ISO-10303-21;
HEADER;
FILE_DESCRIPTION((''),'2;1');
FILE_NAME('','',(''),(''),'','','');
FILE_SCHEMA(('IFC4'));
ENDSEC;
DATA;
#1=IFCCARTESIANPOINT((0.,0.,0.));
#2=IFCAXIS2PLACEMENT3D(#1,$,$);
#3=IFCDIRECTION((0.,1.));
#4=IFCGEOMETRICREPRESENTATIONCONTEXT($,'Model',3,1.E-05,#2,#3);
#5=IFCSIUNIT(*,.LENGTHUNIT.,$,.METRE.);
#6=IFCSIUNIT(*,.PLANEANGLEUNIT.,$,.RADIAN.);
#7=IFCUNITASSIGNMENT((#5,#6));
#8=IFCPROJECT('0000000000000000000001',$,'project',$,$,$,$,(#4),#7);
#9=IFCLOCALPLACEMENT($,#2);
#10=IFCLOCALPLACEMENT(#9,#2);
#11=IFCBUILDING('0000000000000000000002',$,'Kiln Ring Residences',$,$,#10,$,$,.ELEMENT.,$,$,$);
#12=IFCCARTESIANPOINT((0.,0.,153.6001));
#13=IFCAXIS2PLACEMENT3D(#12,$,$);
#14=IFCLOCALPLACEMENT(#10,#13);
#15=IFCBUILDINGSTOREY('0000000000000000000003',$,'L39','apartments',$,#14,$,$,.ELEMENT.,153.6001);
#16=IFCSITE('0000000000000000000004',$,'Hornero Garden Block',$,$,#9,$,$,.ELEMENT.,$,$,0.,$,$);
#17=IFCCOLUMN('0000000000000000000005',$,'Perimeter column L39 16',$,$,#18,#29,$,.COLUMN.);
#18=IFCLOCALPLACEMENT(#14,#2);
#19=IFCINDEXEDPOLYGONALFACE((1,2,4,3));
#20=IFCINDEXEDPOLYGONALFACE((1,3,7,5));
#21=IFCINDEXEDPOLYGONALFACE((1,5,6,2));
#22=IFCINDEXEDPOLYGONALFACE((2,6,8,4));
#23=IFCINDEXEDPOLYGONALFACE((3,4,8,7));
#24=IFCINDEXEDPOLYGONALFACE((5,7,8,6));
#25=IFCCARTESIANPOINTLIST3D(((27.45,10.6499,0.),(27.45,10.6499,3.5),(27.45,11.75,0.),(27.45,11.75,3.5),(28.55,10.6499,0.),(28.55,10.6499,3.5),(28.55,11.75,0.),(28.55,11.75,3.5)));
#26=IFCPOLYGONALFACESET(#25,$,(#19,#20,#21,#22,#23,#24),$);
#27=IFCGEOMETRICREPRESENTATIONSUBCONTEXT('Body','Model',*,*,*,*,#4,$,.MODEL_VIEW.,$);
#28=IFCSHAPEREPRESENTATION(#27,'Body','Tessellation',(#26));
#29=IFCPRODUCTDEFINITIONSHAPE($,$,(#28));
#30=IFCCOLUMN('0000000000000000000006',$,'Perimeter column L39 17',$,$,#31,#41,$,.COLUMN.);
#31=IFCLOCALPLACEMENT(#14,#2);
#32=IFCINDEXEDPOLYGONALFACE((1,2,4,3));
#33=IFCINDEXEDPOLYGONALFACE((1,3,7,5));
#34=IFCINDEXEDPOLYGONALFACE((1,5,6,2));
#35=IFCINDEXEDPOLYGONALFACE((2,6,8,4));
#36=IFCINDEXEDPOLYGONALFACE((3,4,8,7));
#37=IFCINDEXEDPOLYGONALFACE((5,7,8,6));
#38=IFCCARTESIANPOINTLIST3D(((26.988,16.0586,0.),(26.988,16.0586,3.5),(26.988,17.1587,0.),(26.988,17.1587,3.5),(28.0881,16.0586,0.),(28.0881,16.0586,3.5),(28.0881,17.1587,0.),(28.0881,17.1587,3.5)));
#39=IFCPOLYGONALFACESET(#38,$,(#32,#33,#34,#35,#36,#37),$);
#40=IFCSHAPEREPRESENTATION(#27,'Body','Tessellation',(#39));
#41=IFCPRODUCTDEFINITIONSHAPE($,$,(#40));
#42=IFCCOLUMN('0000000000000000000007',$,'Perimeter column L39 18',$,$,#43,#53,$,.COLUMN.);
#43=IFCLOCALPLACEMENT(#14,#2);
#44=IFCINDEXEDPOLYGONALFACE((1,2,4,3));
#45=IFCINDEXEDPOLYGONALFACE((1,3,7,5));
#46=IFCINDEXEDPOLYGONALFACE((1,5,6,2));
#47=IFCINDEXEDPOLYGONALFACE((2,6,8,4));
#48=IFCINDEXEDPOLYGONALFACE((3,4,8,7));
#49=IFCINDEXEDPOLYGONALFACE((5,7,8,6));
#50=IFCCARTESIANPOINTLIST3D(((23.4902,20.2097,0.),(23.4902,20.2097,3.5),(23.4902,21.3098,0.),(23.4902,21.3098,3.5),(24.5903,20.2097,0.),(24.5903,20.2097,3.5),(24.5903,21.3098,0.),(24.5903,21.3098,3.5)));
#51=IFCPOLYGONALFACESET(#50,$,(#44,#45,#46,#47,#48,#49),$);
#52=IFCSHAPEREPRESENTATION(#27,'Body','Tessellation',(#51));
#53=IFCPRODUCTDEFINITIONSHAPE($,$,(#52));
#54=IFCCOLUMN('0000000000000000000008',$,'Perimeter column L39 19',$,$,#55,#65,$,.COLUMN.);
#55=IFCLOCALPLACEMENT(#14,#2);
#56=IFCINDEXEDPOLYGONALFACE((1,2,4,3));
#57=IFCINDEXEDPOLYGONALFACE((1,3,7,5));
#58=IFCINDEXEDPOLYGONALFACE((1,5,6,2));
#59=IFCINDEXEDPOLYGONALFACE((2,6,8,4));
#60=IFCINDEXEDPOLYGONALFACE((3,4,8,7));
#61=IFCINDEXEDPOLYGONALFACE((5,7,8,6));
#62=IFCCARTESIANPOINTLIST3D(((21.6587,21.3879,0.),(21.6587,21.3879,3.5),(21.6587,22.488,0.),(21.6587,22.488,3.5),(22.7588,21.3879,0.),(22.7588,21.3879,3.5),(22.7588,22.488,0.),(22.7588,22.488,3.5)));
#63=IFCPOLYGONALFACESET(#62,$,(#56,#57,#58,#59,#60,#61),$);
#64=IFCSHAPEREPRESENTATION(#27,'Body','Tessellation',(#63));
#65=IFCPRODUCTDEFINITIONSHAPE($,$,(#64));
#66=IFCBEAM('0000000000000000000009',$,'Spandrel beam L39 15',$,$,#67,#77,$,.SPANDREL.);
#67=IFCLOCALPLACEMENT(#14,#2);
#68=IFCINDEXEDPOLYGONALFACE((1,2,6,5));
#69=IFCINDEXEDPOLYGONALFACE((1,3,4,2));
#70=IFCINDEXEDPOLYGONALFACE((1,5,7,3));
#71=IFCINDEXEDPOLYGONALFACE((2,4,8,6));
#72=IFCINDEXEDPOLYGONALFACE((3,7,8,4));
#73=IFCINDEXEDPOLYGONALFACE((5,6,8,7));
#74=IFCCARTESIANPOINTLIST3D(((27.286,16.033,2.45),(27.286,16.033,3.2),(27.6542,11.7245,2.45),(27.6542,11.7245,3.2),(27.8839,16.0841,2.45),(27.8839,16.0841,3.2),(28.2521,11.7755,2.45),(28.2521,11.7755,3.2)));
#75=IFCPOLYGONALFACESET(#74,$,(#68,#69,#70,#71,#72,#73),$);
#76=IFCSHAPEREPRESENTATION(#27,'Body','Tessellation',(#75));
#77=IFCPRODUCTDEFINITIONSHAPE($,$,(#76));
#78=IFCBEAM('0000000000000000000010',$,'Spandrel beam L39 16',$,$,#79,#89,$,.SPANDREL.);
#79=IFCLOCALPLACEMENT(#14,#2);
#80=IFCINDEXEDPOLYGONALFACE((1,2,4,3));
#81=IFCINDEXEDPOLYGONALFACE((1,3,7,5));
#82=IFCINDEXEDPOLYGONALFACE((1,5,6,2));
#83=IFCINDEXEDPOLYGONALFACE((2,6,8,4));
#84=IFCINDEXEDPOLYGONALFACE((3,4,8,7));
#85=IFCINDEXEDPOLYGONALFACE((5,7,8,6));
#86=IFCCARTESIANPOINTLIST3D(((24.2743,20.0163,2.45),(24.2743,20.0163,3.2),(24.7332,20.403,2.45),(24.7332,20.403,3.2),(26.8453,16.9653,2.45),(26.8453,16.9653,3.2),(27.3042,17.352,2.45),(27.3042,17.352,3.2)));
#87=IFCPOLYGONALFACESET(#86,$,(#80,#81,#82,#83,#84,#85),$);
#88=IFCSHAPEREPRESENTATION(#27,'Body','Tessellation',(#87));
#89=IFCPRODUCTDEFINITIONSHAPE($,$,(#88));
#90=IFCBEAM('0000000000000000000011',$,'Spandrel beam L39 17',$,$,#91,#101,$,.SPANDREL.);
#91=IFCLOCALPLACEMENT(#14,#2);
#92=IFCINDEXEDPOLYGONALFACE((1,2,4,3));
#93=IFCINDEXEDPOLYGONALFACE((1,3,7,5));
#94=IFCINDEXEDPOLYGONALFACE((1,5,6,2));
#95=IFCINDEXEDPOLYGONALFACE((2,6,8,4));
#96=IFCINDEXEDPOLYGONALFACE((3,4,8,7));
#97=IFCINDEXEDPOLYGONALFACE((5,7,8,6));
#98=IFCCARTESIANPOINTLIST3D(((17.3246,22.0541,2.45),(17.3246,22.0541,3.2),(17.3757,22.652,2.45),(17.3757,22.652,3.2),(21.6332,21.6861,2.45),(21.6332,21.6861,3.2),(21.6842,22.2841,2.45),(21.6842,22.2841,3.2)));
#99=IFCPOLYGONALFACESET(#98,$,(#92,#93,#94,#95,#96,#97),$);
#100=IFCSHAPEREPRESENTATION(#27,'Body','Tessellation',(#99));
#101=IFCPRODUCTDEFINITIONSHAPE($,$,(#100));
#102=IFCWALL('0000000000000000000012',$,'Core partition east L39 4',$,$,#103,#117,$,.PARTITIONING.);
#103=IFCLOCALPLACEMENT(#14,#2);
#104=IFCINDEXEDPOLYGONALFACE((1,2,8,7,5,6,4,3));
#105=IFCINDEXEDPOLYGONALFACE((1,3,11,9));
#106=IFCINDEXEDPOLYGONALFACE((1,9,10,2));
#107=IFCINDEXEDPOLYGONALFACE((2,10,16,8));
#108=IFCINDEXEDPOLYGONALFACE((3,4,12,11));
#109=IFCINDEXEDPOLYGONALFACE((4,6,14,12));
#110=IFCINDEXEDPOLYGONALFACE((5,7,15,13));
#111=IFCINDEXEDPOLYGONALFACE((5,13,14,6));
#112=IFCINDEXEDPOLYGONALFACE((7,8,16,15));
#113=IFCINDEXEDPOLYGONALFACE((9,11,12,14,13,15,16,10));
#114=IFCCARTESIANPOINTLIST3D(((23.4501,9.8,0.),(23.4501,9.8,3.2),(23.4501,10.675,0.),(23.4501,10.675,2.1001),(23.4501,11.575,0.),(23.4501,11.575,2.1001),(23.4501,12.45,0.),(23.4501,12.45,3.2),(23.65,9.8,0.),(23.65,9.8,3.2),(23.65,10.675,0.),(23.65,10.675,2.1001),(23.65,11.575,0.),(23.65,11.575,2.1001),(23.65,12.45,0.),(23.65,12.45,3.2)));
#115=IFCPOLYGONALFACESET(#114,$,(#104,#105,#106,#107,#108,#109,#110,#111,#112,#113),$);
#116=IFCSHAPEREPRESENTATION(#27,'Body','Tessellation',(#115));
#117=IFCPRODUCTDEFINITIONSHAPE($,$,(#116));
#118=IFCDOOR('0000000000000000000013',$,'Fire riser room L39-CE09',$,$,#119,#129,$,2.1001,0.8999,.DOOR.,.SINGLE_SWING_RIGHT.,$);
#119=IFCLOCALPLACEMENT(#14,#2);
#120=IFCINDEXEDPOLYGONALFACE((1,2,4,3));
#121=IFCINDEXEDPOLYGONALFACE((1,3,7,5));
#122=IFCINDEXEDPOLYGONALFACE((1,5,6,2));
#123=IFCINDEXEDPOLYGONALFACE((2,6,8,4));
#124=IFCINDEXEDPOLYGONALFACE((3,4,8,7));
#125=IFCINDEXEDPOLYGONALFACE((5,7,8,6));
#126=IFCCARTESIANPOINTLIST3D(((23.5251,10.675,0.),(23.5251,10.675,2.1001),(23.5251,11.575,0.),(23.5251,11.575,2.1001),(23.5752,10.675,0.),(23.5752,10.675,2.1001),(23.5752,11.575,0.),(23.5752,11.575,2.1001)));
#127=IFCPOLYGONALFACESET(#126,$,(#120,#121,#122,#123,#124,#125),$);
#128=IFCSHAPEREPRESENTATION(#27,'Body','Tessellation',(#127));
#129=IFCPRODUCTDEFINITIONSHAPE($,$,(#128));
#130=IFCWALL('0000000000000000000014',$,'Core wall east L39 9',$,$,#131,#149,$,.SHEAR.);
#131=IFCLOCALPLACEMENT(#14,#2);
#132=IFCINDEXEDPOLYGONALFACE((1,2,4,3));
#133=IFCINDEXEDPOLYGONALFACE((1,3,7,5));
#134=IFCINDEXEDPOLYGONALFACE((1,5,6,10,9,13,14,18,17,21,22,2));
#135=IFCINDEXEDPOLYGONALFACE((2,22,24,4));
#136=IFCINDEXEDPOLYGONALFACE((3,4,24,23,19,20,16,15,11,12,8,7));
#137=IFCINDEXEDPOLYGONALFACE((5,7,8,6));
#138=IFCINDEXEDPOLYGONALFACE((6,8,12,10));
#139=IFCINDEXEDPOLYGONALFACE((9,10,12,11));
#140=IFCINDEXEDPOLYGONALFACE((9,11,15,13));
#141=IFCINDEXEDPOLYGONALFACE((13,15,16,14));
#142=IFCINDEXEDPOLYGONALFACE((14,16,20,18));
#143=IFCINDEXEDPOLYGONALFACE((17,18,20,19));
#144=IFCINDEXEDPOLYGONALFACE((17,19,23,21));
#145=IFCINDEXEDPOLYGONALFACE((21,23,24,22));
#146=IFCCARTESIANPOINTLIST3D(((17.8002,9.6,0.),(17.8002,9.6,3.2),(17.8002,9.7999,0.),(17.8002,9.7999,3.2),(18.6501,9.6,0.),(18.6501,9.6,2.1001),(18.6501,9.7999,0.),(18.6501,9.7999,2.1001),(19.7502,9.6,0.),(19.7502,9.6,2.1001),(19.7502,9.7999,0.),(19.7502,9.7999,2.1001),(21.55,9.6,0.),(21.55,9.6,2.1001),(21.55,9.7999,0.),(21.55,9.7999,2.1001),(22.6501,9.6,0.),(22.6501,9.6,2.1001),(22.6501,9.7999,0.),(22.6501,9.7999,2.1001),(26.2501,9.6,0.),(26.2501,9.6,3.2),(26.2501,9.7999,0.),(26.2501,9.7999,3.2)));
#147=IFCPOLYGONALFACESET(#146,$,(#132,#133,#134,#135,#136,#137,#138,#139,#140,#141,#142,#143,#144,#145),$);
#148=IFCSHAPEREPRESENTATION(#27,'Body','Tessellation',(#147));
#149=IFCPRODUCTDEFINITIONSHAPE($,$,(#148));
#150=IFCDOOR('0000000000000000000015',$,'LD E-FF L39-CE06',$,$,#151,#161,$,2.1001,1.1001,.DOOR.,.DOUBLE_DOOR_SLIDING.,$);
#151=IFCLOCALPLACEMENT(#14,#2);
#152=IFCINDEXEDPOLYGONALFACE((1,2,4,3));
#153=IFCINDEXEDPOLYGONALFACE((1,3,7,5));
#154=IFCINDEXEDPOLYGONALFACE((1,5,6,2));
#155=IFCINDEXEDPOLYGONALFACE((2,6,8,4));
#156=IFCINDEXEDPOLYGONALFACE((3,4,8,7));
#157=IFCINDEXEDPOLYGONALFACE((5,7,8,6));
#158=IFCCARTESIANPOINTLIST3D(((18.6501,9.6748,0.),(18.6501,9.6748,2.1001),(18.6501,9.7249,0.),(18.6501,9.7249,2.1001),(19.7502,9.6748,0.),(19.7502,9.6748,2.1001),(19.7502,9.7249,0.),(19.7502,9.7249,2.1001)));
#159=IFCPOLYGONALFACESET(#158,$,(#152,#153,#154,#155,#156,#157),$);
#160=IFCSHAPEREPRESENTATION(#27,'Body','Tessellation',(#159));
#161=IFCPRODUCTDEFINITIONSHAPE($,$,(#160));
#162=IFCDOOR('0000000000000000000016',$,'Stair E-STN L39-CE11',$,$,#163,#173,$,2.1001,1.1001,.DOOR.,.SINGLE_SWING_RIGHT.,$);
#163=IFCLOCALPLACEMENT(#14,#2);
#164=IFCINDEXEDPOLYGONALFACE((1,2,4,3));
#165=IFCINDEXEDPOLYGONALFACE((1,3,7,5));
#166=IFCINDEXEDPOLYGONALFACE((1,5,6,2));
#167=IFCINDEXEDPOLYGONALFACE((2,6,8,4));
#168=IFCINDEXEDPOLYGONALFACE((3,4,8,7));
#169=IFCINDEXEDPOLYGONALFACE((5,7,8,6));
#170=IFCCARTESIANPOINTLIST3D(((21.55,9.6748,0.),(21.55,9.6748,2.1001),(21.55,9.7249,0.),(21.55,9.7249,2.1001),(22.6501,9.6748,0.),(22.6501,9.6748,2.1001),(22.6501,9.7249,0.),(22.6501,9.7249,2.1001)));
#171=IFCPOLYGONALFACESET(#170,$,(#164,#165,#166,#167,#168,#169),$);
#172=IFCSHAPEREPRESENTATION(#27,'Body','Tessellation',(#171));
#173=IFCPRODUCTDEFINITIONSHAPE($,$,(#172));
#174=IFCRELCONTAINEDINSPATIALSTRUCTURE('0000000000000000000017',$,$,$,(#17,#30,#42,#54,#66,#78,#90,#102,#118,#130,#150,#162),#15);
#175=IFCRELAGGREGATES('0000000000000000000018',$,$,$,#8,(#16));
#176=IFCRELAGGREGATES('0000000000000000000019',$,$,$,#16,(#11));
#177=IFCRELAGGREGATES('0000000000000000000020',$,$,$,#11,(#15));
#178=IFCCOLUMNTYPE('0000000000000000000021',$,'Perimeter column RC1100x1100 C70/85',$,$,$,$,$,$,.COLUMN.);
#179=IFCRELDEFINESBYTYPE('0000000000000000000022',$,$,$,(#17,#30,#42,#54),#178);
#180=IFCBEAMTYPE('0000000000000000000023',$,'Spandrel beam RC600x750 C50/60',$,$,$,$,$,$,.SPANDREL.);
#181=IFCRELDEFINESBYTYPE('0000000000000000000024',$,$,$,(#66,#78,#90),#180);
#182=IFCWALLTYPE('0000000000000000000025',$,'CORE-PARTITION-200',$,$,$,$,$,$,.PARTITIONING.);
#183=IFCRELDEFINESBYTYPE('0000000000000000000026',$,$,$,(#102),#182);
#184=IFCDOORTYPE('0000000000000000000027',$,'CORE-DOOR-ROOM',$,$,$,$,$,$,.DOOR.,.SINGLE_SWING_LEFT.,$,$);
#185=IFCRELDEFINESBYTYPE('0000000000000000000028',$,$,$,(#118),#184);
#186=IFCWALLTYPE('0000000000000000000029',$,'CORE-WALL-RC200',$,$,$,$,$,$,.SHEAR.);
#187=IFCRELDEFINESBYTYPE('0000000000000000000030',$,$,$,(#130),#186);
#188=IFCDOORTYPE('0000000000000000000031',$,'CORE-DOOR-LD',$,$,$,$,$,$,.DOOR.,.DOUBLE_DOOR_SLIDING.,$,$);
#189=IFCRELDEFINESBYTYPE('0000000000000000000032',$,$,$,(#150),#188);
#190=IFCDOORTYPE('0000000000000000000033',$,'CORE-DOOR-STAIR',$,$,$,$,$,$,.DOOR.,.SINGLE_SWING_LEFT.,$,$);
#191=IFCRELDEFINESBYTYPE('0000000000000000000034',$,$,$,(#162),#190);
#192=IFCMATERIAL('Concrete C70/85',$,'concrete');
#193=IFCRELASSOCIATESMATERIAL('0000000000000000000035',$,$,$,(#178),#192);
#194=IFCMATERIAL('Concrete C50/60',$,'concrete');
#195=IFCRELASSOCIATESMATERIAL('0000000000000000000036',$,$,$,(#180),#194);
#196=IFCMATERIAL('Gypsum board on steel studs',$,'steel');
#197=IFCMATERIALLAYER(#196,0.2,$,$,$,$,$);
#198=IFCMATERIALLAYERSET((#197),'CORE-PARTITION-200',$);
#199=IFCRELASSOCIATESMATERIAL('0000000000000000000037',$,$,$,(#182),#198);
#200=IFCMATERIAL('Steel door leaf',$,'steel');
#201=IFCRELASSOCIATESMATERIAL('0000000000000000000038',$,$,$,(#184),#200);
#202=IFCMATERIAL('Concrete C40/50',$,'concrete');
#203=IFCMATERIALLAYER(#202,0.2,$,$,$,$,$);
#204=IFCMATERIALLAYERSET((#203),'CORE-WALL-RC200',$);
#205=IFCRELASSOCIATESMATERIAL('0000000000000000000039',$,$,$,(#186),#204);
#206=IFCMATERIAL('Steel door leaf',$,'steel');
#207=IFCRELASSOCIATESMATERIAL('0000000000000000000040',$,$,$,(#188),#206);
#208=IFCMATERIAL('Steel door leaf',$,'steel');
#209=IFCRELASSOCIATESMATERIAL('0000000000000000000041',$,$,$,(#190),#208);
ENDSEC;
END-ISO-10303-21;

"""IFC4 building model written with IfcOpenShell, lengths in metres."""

from ifc_helpers import new_model, si_unit, direction, frame, frame_2d, origin, origin_2d, place, context, subcontext, project, spatial, rectangle, extrude, material, layer, layer_set, material_profile, profile_set, type_object, element, fill, save


model = new_model("IFC4")

# Units and contexts
model_context = context("Model", 3, precision=1e-05, world=origin(), true_north=direction((0.0, 1.0)))
body_context = subcontext(model_context, "Body", "Model", "MODEL_VIEW")
ifc_project = project(units=[si_unit("LENGTHUNIT", "METRE"), si_unit("PLANEANGLEUNIT", "RADIAN")], contexts=[model_context])

# Site, building, storey
site_placement = place(None, origin())
site = spatial("IfcSite", under=ifc_project, at=site_placement, Name="Hornero Garden Block", CompositionType="ELEMENT", RefElevation=0.0)
building_placement = place(site_placement, origin())
building = spatial("IfcBuilding", under=site, at=building_placement, Name="Kiln Ring Residences", CompositionType="ELEMENT")
storey_placement = place(building_placement, frame((0.0, 0.0, 153.6001)))
storey = spatial("IfcBuildingStorey", under=building, at=storey_placement, Name="L39", Description="apartments", CompositionType="ELEMENT", Elevation=153.6001)

# Columns
ifc_material_1 = material(Name="Concrete C70/85", Category="concrete")
ifc_material_profile_1 = material_profile(ifc_material_1, rectangle(XDim=1.1001, YDim=1.1001, at=origin_2d()), Name="RC1100x1100")
ifc_profile_set_1 = profile_set([ifc_material_profile_1], Name="Concrete C70/85")
column_type = type_object("IfcColumnType", Name="Perimeter column RC1100x1100 C70/85", PredefinedType="COLUMN", material=ifc_profile_set_1)
for number, where, z_axis, x_axis, name in (
    (1, (28.0, 11.2, 0.0), (0.0, 0.0, 1.0), (1.0, 0.0, 0.0), "Perimeter column L39 16"),
    (2, (27.5381, 16.6086, 0.0), (0.0, 0.0, 1.0), (1.0, 0.0, 0.0), "Perimeter column L39 17"),
    (3, (24.0403, 20.7598, 0.0), (0.0, 0.0, 1.0), (1.0, 0.0, 0.0), "Perimeter column L39 18"),
    (4, (22.2087, 21.938, 0.0), (0.0, 0.0, 1.0), (1.0, 0.0, 0.0), "Perimeter column L39 19"),
):
    element("IfcColumn", number, at=place(storey_placement, frame(where, z_axis=z_axis, x_axis=x_axis)), inside=storey, type_object=column_type, Name=name, PredefinedType="COLUMN", context=body_context, shape_type="SweptSolid", body=[
        extrude(rectangle(XDim=1.1001, YDim=1.1001, at=origin_2d()), origin(), (0.0, 0.0, 1.0), 3.5),
    ])

# Beams
ifc_material_2 = material(Name="Concrete C50/60", Category="concrete")
ifc_material_profile_2 = material_profile(ifc_material_2, rectangle(XDim=0.6001, YDim=0.75, at=origin_2d()), Name="RC600x750")
ifc_profile_set_2 = profile_set([ifc_material_profile_2], Name="Concrete C50/60")
beam_type = type_object("IfcBeamType", Name="Spandrel beam RC600x750 C50/60", PredefinedType="SPANDREL", material=ifc_profile_set_2)
beam_1_placement = place(storey_placement, frame((27.9531, 11.75, 2.825), z_axis=(-0.085139, 0.996369, 0.0), x_axis=(-0.996369, -0.085139, 0.0)))
element("IfcBeam", 5, at=beam_1_placement, inside=storey, type_object=beam_type, Name="Spandrel beam L39 15", PredefinedType="SPANDREL", context=body_context, shape_type="SweptSolid", body=[
    extrude(rectangle(XDim=0.6001, YDim=0.75, at=origin_2d()), origin(), (0.0, 0.0, 1.0), 4.3242),
])
beam_2_placement = place(storey_placement, frame((27.0747, 17.1587, 2.825), z_axis=(-0.644394, 0.764694, 0.0), x_axis=(-0.764694, -0.644394, 0.0)))
element("IfcBeam", 6, at=beam_2_placement, inside=storey, type_object=beam_type, Name="Spandrel beam L39 16", PredefinedType="SPANDREL", context=body_context, shape_type="SweptSolid", body=[
    extrude(rectangle(XDim=0.6001, YDim=0.75, at=origin_2d()), origin(), (0.0, 0.0, 1.0), 3.9897),
])
beam_3_placement = place(storey_placement, frame((21.6587, 21.9851, 2.825), z_axis=(-0.996374, 0.085082, 0.0), x_axis=(-0.085082, -0.996374, 0.0)))
element("IfcBeam", 7, at=beam_3_placement, inside=storey, type_object=beam_type, Name="Spandrel beam L39 17", PredefinedType="SPANDREL", context=body_context, shape_type="SweptSolid", body=[
    extrude(rectangle(XDim=0.6001, YDim=0.75, at=origin_2d()), origin(), (0.0, 0.0, 1.0), 4.3242),
])

# Wall, opening, door
ifc_material_3 = material(Name="Gypsum board on steel studs", Category="steel")
ifc_layer_1 = layer(ifc_material_3, 0.2)
ifc_layer_set_1 = layer_set([ifc_layer_1], Name="CORE-PARTITION-200")
wall_type_1 = type_object("IfcWallType", Name="CORE-PARTITION-200", PredefinedType="PARTITIONING", material=ifc_layer_set_1)
wall_1_placement = place(storey_placement, frame((23.55, 9.8, 0.0), z_axis=(0.0, 0.0, 1.0), x_axis=(0.0, 1.0, 0.0)))
wall_1 = element("IfcWall", 8, at=wall_1_placement, inside=storey, type_object=wall_type_1, Name="Core partition east L39 4", PredefinedType="PARTITIONING", context=body_context, shape_type="SweptSolid", body=[
    extrude(rectangle(XDim=2.6499, YDim=0.2, at=frame_2d((1.325, 0.0))), origin(), (0.0, 0.0, 1.0), 3.2),
])
opening_1_placement = place(wall_1_placement, frame((0.875, 0.0, 0.0)))
opening_1 = element("IfcOpeningElement", 9, at=opening_1_placement, cuts=wall_1, PredefinedType="OPENING", context=body_context, shape_type="SweptSolid", body=[
    extrude(rectangle(XDim=0.8999, YDim=2.1001, at=frame_2d((0.45, 1.05))), frame((0.0, 0.1099, 0.0), z_axis=(0.0, -1.0, 0.0), x_axis=(1.0, 0.0, 0.0)), (0.0, 0.0, 1.0), 0.22),
])
ifc_material_4 = material(Name="Steel door leaf", Category="steel")
door_type_1 = type_object("IfcDoorType", Name="CORE-DOOR-ROOM", OperationType="SINGLE_SWING_LEFT", PredefinedType="DOOR", material=ifc_material_4)
door_1_placement = place(opening_1_placement, origin())
door_1 = element("IfcDoor", 10, at=door_1_placement, inside=storey, type_object=door_type_1, Name="Fire riser room L39-CE09", OperationType="SINGLE_SWING_RIGHT", OverallHeight=2.1001, OverallWidth=0.8999, PredefinedType="DOOR", context=body_context, shape_type="SweptSolid", body=[
    extrude(rectangle(XDim=0.8999, YDim=2.1001, at=frame_2d((0.45, 1.05))), frame((0.0, 0.0249, 0.0), z_axis=(0.0, -1.0, 0.0), x_axis=(1.0, 0.0, 0.0)), (0.0, 0.0, 1.0), 0.05),
])
fill(opening_1, door_1)

# Wall, openings, doors
ifc_material_5 = material(Name="Concrete C40/50", Category="concrete")
ifc_layer_2 = layer(ifc_material_5, 0.2)
ifc_layer_set_2 = layer_set([ifc_layer_2], Name="CORE-WALL-RC200")
wall_type_2 = type_object("IfcWallType", Name="CORE-WALL-RC200", PredefinedType="SHEAR", material=ifc_layer_set_2)
wall_2_placement = place(storey_placement, frame((17.8, 9.7, 0.0), z_axis=(0.0, 0.0, 1.0), x_axis=(1.0, 0.0, 0.0)))
wall_2 = element("IfcWall", 11, at=wall_2_placement, inside=storey, type_object=wall_type_2, Name="Core wall east L39 9", PredefinedType="SHEAR", context=body_context, shape_type="SweptSolid", body=[
    extrude(rectangle(XDim=8.45, YDim=0.2, at=frame_2d((4.2251, 0.0))), origin(), (0.0, 0.0, 1.0), 3.2),
])
opening_2_placement = place(wall_2_placement, frame((0.8501, 0.0, 0.0)))
opening_2 = element("IfcOpeningElement", 12, at=opening_2_placement, cuts=wall_2, PredefinedType="OPENING", context=body_context, shape_type="SweptSolid", body=[
    extrude(rectangle(XDim=1.1001, YDim=2.1001, at=frame_2d((0.55, 1.05))), frame((0.0, 0.1099, 0.0), z_axis=(0.0, -1.0, 0.0), x_axis=(1.0, 0.0, 0.0)), (0.0, 0.0, 1.0), 0.22),
])
opening_3_placement = place(wall_2_placement, frame((3.75, 0.0, 0.0)))
opening_3 = element("IfcOpeningElement", 13, at=opening_3_placement, cuts=wall_2, PredefinedType="OPENING", context=body_context, shape_type="SweptSolid", body=[
    extrude(rectangle(XDim=1.1001, YDim=2.1001, at=frame_2d((0.55, 1.05))), frame((0.0, 0.1099, 0.0), z_axis=(0.0, -1.0, 0.0), x_axis=(1.0, 0.0, 0.0)), (0.0, 0.0, 1.0), 0.22),
])
ifc_material_6 = material(Name="Steel door leaf", Category="steel")
door_type_2 = type_object("IfcDoorType", Name="CORE-DOOR-LD", OperationType="DOUBLE_DOOR_SLIDING", PredefinedType="DOOR", material=ifc_material_6)
door_2_placement = place(opening_2_placement, origin())
door_2 = element("IfcDoor", 14, at=door_2_placement, inside=storey, type_object=door_type_2, Name="LD E-FF L39-CE06", OperationType="DOUBLE_DOOR_SLIDING", OverallHeight=2.1001, OverallWidth=1.1001, PredefinedType="DOOR", context=body_context, shape_type="SweptSolid", body=[
    extrude(rectangle(XDim=1.1001, YDim=2.1001, at=frame_2d((0.55, 1.05))), frame((0.0, 0.0249, 0.0), z_axis=(0.0, -1.0, 0.0), x_axis=(1.0, 0.0, 0.0)), (0.0, 0.0, 1.0), 0.05),
])
fill(opening_2, door_2)
ifc_material_7 = material(Name="Steel door leaf", Category="steel")
door_type_3 = type_object("IfcDoorType", Name="CORE-DOOR-STAIR", OperationType="SINGLE_SWING_LEFT", PredefinedType="DOOR", material=ifc_material_7)
door_3_placement = place(opening_3_placement, origin())
door_3 = element("IfcDoor", 15, at=door_3_placement, inside=storey, type_object=door_type_3, Name="Stair E-STN L39-CE11", OperationType="SINGLE_SWING_RIGHT", OverallHeight=2.1001, OverallWidth=1.1001, PredefinedType="DOOR", context=body_context, shape_type="SweptSolid", body=[
    extrude(rectangle(XDim=1.1001, YDim=2.1001, at=frame_2d((0.55, 1.05))), frame((0.0, 0.0249, 0.0), z_axis=(0.0, -1.0, 0.0), x_axis=(1.0, 0.0, 0.0)), (0.0, 0.0, 1.0), 0.05),
])
fill(opening_3, door_3)

save(model, "model.ifc")
